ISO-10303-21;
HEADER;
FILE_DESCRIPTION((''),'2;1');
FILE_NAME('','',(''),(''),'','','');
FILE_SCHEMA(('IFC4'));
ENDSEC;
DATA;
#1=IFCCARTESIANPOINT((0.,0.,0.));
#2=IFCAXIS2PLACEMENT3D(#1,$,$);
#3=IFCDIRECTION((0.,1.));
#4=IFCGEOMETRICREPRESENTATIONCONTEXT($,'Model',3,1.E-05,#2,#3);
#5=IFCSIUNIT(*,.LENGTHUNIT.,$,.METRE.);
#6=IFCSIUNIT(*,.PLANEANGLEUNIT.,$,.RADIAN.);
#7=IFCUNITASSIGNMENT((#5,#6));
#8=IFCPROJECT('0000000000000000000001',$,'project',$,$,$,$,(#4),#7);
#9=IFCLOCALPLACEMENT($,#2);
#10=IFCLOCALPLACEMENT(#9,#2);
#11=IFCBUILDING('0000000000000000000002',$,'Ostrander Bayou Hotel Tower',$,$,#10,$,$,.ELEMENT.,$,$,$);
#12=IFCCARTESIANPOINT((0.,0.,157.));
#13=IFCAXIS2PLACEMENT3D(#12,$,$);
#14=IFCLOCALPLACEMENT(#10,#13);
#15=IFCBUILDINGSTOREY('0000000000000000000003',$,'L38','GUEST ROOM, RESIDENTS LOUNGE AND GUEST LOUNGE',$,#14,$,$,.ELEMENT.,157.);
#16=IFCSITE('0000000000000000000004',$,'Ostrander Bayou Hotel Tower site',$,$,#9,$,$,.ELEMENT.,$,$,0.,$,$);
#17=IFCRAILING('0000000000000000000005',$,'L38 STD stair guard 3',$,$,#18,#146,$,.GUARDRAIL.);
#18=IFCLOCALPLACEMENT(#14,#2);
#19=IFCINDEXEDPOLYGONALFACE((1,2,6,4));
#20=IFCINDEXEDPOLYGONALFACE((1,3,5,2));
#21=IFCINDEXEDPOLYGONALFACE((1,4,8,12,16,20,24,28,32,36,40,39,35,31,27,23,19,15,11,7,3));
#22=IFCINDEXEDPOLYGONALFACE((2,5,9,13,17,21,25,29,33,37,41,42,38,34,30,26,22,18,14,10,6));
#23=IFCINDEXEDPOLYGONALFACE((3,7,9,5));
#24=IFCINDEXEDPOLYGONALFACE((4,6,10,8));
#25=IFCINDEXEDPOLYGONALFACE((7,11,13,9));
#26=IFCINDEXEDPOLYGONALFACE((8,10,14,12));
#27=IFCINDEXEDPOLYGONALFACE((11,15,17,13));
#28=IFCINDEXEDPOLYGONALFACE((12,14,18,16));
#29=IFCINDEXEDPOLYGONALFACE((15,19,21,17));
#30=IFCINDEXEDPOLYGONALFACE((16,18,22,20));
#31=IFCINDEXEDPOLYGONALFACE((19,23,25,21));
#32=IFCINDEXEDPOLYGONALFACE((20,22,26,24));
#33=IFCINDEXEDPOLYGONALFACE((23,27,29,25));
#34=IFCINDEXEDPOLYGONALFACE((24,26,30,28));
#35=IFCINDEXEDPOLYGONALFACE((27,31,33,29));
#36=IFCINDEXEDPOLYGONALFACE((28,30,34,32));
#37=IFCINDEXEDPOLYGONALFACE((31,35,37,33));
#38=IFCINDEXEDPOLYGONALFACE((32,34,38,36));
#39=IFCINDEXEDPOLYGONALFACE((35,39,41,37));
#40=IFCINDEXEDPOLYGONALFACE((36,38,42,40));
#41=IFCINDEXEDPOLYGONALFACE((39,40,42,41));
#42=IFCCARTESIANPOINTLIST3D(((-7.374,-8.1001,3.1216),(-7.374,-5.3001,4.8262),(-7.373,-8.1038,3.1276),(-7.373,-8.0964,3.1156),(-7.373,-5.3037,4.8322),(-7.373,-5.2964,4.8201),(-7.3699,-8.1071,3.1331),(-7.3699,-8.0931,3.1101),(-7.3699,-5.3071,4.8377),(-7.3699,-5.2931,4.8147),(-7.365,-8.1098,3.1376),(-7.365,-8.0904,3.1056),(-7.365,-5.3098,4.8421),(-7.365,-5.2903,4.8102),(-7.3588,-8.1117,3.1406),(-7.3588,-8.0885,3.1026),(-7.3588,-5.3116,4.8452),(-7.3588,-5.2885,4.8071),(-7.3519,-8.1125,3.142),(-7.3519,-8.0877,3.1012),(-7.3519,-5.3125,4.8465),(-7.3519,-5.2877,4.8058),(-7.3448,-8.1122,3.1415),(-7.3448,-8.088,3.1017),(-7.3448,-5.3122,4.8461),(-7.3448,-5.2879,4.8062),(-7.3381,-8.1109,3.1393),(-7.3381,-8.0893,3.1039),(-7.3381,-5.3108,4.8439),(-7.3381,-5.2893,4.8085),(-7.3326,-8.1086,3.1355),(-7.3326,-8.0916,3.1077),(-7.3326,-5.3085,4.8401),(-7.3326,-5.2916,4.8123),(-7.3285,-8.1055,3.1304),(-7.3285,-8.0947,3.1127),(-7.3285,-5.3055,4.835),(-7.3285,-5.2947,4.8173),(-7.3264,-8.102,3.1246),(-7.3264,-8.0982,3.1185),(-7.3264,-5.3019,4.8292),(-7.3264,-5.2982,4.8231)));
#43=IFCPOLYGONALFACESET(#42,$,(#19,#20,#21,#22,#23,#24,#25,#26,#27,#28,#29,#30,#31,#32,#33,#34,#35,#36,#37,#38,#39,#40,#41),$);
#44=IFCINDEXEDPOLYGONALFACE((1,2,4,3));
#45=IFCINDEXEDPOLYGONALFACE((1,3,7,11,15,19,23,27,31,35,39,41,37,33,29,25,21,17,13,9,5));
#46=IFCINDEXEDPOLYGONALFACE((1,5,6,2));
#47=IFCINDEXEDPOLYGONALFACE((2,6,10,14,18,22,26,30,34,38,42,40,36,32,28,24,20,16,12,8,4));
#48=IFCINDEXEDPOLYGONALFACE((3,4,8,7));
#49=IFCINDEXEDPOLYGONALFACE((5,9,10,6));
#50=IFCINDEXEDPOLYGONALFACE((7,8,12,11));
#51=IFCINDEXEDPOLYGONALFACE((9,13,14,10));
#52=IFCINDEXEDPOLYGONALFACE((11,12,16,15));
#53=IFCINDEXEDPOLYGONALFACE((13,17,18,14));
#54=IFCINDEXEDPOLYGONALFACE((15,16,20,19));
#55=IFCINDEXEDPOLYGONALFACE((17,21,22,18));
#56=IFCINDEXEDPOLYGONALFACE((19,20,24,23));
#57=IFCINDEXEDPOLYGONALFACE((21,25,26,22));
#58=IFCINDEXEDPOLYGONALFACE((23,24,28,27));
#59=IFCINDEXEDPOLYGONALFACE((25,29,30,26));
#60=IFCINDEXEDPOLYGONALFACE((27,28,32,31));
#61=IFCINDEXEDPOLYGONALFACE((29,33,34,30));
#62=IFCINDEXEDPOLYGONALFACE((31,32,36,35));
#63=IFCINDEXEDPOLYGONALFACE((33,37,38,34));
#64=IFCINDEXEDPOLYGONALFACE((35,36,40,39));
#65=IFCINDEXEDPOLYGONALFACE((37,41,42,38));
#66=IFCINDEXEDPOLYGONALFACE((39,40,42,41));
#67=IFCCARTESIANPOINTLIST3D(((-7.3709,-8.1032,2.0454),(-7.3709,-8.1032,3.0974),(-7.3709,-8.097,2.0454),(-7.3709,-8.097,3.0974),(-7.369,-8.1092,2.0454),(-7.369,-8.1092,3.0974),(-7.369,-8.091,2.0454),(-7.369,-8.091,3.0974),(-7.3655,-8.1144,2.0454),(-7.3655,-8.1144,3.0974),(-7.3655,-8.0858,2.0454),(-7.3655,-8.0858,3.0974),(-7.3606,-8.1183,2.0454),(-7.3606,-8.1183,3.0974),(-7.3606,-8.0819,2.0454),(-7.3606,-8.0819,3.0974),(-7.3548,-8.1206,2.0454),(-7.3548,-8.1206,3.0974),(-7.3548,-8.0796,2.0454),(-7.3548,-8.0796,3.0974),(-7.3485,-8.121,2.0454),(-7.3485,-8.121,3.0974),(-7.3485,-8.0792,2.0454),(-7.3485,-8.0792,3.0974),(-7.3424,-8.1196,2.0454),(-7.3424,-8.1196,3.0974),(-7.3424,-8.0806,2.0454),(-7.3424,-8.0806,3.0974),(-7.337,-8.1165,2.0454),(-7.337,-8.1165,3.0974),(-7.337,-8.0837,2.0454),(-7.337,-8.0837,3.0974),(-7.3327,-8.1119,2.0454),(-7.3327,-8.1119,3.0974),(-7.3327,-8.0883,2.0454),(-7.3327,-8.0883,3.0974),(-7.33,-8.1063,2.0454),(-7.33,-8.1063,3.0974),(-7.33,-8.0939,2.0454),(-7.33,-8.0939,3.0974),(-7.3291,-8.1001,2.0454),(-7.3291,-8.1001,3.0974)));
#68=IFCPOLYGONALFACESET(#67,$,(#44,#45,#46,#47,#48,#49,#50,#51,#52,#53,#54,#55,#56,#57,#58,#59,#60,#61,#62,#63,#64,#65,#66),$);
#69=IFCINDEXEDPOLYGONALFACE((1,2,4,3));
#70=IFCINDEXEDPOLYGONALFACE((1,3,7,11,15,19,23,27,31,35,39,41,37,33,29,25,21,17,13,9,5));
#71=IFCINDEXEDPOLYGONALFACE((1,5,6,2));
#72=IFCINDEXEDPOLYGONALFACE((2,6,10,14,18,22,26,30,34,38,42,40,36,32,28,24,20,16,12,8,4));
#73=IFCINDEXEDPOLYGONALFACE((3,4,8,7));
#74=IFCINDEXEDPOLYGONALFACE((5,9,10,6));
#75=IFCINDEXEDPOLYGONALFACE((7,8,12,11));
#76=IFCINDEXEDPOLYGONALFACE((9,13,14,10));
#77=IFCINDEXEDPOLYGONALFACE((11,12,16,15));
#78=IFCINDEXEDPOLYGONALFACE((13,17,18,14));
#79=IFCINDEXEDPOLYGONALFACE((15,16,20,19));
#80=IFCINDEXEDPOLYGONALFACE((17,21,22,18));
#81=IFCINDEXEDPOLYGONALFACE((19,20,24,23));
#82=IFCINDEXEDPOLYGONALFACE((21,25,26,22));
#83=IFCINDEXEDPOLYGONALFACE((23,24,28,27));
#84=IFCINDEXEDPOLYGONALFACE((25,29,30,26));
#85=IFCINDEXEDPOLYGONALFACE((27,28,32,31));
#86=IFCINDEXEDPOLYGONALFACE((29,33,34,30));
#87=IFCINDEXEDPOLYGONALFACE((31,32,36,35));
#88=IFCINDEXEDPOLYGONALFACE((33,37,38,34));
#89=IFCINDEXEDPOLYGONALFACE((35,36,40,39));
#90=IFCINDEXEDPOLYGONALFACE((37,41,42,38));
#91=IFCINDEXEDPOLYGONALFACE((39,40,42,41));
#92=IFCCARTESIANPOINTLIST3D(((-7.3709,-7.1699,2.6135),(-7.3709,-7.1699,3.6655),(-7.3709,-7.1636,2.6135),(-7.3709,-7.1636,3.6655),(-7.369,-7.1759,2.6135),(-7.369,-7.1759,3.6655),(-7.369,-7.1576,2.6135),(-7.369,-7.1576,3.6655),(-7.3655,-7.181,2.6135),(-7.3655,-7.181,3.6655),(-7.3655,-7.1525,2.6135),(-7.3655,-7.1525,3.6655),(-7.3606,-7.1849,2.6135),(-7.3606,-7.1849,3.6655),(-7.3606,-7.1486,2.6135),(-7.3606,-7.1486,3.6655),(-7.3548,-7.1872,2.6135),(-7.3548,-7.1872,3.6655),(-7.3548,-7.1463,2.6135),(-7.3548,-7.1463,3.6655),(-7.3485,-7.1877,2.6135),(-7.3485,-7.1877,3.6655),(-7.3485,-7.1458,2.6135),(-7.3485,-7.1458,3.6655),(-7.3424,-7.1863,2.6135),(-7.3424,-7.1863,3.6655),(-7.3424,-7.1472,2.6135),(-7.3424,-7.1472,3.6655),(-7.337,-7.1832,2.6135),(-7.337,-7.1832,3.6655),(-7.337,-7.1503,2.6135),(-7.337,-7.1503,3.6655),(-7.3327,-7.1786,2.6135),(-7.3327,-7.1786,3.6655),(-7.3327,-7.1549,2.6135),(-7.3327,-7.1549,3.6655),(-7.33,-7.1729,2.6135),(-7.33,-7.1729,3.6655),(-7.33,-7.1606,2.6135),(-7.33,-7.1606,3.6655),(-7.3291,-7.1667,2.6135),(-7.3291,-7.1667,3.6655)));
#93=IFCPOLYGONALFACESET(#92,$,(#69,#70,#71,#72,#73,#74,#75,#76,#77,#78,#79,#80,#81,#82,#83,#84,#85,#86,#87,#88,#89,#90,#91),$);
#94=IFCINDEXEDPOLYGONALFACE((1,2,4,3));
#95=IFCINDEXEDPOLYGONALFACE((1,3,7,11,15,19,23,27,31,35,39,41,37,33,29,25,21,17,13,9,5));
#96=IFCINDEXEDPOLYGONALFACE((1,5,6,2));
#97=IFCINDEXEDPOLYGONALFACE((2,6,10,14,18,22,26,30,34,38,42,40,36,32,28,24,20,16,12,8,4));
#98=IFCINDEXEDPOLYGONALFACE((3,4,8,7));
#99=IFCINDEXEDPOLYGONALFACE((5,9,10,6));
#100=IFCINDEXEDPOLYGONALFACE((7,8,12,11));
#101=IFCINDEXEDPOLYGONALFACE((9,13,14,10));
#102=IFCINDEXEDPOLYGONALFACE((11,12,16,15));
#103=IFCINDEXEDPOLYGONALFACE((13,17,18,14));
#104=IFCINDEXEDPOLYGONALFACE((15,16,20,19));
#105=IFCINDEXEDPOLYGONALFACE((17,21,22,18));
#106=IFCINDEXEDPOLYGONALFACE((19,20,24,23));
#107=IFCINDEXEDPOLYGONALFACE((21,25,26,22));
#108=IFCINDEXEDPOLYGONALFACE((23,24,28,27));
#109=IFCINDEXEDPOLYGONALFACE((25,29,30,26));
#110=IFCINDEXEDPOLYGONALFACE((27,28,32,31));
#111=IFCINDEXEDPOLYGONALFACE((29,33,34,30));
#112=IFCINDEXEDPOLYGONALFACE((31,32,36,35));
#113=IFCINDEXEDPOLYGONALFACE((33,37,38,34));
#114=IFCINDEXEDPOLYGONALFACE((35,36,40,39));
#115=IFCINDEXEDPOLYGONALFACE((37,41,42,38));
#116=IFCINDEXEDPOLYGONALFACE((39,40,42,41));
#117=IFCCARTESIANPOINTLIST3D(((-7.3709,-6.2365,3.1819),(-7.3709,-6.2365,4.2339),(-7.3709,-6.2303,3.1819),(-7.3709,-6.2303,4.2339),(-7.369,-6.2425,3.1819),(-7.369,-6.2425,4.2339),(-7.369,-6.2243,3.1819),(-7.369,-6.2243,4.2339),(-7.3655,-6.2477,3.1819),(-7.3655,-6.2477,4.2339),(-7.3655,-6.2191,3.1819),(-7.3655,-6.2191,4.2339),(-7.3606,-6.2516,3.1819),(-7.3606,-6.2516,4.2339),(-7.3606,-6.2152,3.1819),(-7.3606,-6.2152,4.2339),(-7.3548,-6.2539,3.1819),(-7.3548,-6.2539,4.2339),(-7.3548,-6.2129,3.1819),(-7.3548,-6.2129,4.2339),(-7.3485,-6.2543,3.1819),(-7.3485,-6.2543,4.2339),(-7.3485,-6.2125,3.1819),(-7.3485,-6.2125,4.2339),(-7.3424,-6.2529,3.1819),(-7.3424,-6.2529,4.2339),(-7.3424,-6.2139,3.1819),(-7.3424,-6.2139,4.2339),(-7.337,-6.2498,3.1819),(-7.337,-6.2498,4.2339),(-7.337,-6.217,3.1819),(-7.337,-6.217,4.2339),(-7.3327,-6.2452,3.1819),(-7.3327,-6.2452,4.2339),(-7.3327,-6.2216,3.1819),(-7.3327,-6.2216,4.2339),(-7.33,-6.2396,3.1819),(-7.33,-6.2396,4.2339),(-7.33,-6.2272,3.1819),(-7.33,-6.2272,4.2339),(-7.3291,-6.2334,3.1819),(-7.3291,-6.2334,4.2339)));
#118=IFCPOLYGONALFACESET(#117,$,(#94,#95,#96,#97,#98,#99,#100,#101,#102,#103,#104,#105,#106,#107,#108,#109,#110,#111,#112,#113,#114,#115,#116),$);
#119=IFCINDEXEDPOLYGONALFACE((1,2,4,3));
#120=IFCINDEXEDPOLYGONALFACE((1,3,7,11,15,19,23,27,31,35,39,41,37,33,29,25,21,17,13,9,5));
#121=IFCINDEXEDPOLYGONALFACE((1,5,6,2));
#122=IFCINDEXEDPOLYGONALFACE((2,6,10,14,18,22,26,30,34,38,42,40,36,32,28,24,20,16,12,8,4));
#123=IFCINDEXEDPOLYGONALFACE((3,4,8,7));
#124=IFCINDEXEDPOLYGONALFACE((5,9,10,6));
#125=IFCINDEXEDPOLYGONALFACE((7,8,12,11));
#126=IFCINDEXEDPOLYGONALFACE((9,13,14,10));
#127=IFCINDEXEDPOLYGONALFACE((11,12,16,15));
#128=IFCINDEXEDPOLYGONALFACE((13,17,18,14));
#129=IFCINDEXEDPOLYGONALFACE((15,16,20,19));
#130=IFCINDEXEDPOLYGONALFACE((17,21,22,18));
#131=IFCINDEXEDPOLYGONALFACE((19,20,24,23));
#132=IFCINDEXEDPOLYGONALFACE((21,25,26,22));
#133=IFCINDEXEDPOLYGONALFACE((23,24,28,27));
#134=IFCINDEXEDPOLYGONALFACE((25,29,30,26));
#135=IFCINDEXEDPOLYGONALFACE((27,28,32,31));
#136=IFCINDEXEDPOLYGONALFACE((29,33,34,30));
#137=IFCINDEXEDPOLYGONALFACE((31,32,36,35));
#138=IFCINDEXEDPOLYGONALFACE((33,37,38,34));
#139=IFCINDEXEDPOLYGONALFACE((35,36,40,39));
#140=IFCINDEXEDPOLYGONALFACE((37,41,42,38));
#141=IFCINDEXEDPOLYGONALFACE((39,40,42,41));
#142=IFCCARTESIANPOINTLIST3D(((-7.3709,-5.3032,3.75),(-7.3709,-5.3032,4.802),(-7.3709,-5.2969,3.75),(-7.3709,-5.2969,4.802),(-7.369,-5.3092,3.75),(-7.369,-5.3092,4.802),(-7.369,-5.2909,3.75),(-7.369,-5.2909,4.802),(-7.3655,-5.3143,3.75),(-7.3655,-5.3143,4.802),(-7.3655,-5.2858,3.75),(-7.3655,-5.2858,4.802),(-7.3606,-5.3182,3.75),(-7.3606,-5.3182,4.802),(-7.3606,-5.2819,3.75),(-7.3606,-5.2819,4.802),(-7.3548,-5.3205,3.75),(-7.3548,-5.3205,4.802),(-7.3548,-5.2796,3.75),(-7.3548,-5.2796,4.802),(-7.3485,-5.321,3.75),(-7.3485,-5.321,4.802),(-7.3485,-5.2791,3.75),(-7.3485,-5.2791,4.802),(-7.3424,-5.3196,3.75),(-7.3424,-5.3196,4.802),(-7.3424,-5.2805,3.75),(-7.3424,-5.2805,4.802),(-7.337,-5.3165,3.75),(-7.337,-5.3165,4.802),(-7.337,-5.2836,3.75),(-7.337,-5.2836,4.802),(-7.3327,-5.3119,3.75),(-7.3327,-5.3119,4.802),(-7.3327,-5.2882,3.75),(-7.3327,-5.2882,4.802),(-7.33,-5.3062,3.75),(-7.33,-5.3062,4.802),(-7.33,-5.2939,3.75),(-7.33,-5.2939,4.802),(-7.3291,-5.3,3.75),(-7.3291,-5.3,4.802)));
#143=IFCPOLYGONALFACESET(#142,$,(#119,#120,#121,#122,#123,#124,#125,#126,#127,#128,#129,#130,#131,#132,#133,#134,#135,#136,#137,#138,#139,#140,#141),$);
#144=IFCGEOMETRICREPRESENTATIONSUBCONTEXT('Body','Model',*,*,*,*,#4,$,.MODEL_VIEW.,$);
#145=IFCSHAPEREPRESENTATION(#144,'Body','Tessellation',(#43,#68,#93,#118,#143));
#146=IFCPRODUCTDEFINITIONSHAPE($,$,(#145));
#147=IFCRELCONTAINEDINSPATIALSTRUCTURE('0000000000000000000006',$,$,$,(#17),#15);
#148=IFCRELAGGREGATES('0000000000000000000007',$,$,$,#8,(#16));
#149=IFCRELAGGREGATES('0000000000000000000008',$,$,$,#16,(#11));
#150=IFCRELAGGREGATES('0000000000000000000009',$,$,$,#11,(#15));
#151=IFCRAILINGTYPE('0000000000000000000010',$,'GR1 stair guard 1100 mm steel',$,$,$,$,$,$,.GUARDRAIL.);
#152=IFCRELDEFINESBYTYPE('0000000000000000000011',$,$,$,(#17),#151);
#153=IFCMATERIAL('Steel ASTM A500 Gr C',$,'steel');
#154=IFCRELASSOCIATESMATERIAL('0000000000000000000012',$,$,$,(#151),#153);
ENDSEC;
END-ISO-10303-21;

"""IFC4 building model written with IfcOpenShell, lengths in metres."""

from ifc_helpers import new_model, si_unit, direction, frame, origin, origin_2d, place, context, subcontext, project, spatial, circle, extrude, material, type_object, element, save


model = new_model("IFC4")

# Units and contexts
model_context = context("Model", 3, precision=1e-05, world=origin(), true_north=direction((0.0, 1.0)))
body_context = subcontext(model_context, "Body", "Model", "MODEL_VIEW")
ifc_project = project(units=[si_unit("LENGTHUNIT", "METRE"), si_unit("PLANEANGLEUNIT", "RADIAN")], contexts=[model_context])

# Site, building, storey
site_placement = place(None, origin())
site = spatial("IfcSite", under=ifc_project, at=site_placement, Name="Ostrander Bayou Hotel Tower site", CompositionType="ELEMENT", RefElevation=0.0)
building_placement = place(site_placement, origin())
building = spatial("IfcBuilding", under=site, at=building_placement, Name="Ostrander Bayou Hotel Tower", CompositionType="ELEMENT")
storey_placement = place(building_placement, frame((0.0, 0.0, 157.0)))
storey = spatial("IfcBuildingStorey", under=building, at=storey_placement, Name="L38", Description="GUEST ROOM, RESIDENTS LOUNGE AND GUEST LOUNGE", CompositionType="ELEMENT", Elevation=157.0)

# Railing
ifc_material_1 = material(Name="Steel ASTM A500 Gr C", Category="steel")
railing_type_1 = type_object("IfcRailingType", Name="GR1 stair guard 1100 mm steel", PredefinedType="GUARDRAIL", material=ifc_material_1)
railing_1_placement = place(storey_placement, frame((-7.3501, -8.1001, 2.0454)))
element("IfcRailing", 1, at=railing_1_placement, inside=storey, type_object=railing_type_1, Name="L38 STD stair guard 3", PredefinedType="GUARDRAIL", context=body_context, shape_type="SweptSolid", body=[
    extrude(circle(Radius=0.0239, at=origin_2d()), frame((0.0, 0.0, 1.0762), z_axis=(0.0, 0.85417, 0.519994), x_axis=(-1.0, 0.0, 0.0)), (0.0, 0.0, 1.0), 3.2781),
    extrude(circle(Radius=0.021, at=origin_2d()), origin(), (0.0, 0.0, 1.0), 1.052),
    extrude(circle(Radius=0.021, at=origin_2d()), frame((0.0, 0.9333, 0.5681)), (0.0, 0.0, 1.0), 1.052),
    extrude(circle(Radius=0.021, at=origin_2d()), frame((0.0, 1.8667, 1.1365)), (0.0, 0.0, 1.0), 1.052),
    extrude(circle(Radius=0.021, at=origin_2d()), frame((0.0, 2.8, 1.7046)), (0.0, 0.0, 1.0), 1.052),
])

save(model, "model.ifc")
